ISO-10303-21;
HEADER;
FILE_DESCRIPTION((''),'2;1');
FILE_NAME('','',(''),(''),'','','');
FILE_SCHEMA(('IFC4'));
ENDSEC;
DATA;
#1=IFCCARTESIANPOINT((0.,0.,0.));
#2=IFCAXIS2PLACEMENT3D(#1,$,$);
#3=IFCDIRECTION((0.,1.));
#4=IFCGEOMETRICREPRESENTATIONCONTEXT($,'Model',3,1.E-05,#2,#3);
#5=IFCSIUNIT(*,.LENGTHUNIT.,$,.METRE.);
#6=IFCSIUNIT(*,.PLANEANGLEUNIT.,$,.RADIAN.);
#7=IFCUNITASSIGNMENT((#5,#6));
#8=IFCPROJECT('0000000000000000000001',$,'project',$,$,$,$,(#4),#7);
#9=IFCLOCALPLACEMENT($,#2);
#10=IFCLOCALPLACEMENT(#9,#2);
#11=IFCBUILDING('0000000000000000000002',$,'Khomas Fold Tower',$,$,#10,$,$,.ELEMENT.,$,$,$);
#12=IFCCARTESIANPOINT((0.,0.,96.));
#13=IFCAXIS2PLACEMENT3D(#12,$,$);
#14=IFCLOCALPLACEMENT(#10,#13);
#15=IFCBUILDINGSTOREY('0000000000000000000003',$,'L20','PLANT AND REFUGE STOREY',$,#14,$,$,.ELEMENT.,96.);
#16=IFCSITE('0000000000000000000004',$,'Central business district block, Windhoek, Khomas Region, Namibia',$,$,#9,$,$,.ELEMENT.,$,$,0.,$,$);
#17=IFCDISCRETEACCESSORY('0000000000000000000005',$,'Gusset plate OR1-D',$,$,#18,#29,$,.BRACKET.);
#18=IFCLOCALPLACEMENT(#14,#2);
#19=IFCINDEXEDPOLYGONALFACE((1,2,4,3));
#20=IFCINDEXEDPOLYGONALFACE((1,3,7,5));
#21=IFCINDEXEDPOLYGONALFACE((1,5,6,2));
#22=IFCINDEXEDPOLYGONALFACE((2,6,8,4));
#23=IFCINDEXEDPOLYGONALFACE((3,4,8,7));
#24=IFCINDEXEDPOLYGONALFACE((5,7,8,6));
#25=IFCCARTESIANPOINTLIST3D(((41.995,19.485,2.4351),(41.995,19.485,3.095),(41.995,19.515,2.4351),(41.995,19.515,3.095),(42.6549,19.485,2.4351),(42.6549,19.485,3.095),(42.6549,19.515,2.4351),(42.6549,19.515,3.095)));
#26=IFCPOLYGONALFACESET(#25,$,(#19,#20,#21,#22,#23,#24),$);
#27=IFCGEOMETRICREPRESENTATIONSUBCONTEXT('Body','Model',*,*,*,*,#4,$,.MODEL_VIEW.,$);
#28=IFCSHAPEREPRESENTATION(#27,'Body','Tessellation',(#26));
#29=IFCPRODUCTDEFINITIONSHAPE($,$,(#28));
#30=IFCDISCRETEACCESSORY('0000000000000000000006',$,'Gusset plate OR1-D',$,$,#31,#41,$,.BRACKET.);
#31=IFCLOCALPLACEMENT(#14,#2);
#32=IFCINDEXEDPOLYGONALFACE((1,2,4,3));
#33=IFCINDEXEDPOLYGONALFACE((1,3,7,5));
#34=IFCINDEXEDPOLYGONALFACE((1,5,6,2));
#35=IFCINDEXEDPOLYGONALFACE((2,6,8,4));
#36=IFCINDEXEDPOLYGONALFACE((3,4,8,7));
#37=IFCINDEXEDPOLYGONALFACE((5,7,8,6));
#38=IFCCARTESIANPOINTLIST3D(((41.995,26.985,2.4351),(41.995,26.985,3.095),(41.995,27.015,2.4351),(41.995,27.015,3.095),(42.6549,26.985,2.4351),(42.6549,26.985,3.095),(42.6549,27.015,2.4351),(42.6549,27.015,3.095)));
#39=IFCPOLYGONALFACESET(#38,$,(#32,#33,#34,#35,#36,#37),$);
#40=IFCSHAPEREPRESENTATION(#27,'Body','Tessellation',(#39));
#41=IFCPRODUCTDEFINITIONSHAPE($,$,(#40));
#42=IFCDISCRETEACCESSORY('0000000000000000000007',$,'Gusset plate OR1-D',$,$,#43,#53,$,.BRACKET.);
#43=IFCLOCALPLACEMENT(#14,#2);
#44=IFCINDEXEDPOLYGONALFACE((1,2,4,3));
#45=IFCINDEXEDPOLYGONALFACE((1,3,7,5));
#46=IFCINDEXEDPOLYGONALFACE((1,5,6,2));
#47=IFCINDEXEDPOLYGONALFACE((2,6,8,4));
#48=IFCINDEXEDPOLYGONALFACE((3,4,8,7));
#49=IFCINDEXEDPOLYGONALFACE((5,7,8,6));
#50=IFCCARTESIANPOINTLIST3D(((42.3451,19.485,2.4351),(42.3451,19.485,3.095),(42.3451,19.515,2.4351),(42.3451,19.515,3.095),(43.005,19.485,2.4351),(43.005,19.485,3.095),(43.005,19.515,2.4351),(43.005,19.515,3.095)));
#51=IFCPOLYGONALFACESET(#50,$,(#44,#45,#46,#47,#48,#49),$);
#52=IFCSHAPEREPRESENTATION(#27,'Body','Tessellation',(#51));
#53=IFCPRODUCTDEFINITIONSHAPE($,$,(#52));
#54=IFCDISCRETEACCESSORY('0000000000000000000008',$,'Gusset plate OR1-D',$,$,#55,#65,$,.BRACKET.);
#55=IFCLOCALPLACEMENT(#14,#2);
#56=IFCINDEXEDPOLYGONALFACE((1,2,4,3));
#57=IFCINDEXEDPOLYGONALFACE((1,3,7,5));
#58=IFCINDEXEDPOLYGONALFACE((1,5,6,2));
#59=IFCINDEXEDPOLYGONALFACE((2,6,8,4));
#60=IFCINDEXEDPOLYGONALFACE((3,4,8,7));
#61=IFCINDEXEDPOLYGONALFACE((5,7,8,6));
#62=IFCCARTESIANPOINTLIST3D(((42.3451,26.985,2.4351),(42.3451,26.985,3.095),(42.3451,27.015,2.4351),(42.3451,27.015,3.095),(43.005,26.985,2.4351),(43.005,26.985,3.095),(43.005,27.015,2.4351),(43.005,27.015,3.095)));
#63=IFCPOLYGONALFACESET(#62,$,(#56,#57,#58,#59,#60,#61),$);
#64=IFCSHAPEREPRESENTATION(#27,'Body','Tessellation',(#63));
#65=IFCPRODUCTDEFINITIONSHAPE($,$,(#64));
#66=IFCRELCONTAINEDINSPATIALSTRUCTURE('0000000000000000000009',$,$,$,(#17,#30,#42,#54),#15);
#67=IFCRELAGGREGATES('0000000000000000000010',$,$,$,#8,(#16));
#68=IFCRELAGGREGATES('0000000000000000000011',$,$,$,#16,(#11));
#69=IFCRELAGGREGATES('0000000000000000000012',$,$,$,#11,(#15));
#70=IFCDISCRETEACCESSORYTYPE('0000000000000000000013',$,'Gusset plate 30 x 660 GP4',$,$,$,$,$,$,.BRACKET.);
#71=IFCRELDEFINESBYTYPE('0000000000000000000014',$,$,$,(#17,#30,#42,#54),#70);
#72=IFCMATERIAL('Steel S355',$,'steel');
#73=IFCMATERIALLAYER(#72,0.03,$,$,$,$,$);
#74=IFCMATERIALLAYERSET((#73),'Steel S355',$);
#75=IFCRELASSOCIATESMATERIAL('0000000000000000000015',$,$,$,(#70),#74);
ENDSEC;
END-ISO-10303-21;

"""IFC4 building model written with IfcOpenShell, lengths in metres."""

from ifc_helpers import new_model, si_unit, direction, frame, origin, origin_2d, place, context, subcontext, project, spatial, rectangle, extrude, source, transform, mapped, material, layer, layer_set, type_object, element, save


model = new_model("IFC4")

# Units and contexts
model_context = context("Model", 3, precision=1e-05, world=origin(), true_north=direction((0.0, 1.0)))
body_context = subcontext(model_context, "Body", "Model", "MODEL_VIEW")
ifc_project = project(units=[si_unit("LENGTHUNIT", "METRE"), si_unit("PLANEANGLEUNIT", "RADIAN")], contexts=[model_context])

# Site, building, storey
site_placement = place(None, origin())
site = spatial("IfcSite", under=ifc_project, at=site_placement, Name="Central business district block, Windhoek, Khomas Region, Namibia", CompositionType="ELEMENT", RefElevation=0.0)
building_placement = place(site_placement, origin())
building = spatial("IfcBuilding", under=site, at=building_placement, Name="Khomas Fold Tower", CompositionType="ELEMENT")
storey_placement = place(building_placement, frame((0.0, 0.0, 96.0)))
storey = spatial("IfcBuildingStorey", under=building, at=storey_placement, Name="L20", Description="PLANT AND REFUGE STOREY", CompositionType="ELEMENT", Elevation=96.0)

# Discrete accessories
ifc_material_1 = material(Name="Steel S355", Category="steel")
ifc_layer = layer(ifc_material_1, 0.03)
ifc_layer_set = layer_set([ifc_layer], Name="Steel S355")
discrete_accessory_type = type_object("IfcDiscreteAccessoryType", Name="Gusset plate 30 x 660 GP4", PredefinedType="BRACKET", material=ifc_layer_set)
shared_shape_1 = source(origin(), body_context, "Body", "SweptSolid", [
    extrude(rectangle(XDim=0.6599, YDim=0.03, at=origin_2d()), origin(), (0.0, 0.0, 1.0), 0.6599),
])
for number, where, z_axis, x_axis, name in (
    (1, (42.325, 19.5, 2.4351), (0.0, 0.0, 1.0), (1.0, 0.0, 0.0), "Gusset plate OR1-D"),
    (2, (42.325, 27.0, 2.4351), (0.0, 0.0, 1.0), (1.0, 0.0, 0.0), "Gusset plate OR1-D"),
    (3, (42.675, 19.5, 2.4351), (0.0, 0.0, 1.0), (1.0, 0.0, 0.0), "Gusset plate OR1-D"),
    (4, (42.675, 27.0, 2.4351), (0.0, 0.0, 1.0), (1.0, 0.0, 0.0), "Gusset plate OR1-D"),
):
    element("IfcDiscreteAccessory", number, at=place(storey_placement, frame(where, z_axis=z_axis, x_axis=x_axis)), inside=storey, type_object=discrete_accessory_type, Name=name, PredefinedType="BRACKET", context=body_context, shape_type="MappedRepresentation", body=[
        mapped(shared_shape_1, transform((0.0, 0.0, 0.0))),
    ])

save(model, "model.ifc")
